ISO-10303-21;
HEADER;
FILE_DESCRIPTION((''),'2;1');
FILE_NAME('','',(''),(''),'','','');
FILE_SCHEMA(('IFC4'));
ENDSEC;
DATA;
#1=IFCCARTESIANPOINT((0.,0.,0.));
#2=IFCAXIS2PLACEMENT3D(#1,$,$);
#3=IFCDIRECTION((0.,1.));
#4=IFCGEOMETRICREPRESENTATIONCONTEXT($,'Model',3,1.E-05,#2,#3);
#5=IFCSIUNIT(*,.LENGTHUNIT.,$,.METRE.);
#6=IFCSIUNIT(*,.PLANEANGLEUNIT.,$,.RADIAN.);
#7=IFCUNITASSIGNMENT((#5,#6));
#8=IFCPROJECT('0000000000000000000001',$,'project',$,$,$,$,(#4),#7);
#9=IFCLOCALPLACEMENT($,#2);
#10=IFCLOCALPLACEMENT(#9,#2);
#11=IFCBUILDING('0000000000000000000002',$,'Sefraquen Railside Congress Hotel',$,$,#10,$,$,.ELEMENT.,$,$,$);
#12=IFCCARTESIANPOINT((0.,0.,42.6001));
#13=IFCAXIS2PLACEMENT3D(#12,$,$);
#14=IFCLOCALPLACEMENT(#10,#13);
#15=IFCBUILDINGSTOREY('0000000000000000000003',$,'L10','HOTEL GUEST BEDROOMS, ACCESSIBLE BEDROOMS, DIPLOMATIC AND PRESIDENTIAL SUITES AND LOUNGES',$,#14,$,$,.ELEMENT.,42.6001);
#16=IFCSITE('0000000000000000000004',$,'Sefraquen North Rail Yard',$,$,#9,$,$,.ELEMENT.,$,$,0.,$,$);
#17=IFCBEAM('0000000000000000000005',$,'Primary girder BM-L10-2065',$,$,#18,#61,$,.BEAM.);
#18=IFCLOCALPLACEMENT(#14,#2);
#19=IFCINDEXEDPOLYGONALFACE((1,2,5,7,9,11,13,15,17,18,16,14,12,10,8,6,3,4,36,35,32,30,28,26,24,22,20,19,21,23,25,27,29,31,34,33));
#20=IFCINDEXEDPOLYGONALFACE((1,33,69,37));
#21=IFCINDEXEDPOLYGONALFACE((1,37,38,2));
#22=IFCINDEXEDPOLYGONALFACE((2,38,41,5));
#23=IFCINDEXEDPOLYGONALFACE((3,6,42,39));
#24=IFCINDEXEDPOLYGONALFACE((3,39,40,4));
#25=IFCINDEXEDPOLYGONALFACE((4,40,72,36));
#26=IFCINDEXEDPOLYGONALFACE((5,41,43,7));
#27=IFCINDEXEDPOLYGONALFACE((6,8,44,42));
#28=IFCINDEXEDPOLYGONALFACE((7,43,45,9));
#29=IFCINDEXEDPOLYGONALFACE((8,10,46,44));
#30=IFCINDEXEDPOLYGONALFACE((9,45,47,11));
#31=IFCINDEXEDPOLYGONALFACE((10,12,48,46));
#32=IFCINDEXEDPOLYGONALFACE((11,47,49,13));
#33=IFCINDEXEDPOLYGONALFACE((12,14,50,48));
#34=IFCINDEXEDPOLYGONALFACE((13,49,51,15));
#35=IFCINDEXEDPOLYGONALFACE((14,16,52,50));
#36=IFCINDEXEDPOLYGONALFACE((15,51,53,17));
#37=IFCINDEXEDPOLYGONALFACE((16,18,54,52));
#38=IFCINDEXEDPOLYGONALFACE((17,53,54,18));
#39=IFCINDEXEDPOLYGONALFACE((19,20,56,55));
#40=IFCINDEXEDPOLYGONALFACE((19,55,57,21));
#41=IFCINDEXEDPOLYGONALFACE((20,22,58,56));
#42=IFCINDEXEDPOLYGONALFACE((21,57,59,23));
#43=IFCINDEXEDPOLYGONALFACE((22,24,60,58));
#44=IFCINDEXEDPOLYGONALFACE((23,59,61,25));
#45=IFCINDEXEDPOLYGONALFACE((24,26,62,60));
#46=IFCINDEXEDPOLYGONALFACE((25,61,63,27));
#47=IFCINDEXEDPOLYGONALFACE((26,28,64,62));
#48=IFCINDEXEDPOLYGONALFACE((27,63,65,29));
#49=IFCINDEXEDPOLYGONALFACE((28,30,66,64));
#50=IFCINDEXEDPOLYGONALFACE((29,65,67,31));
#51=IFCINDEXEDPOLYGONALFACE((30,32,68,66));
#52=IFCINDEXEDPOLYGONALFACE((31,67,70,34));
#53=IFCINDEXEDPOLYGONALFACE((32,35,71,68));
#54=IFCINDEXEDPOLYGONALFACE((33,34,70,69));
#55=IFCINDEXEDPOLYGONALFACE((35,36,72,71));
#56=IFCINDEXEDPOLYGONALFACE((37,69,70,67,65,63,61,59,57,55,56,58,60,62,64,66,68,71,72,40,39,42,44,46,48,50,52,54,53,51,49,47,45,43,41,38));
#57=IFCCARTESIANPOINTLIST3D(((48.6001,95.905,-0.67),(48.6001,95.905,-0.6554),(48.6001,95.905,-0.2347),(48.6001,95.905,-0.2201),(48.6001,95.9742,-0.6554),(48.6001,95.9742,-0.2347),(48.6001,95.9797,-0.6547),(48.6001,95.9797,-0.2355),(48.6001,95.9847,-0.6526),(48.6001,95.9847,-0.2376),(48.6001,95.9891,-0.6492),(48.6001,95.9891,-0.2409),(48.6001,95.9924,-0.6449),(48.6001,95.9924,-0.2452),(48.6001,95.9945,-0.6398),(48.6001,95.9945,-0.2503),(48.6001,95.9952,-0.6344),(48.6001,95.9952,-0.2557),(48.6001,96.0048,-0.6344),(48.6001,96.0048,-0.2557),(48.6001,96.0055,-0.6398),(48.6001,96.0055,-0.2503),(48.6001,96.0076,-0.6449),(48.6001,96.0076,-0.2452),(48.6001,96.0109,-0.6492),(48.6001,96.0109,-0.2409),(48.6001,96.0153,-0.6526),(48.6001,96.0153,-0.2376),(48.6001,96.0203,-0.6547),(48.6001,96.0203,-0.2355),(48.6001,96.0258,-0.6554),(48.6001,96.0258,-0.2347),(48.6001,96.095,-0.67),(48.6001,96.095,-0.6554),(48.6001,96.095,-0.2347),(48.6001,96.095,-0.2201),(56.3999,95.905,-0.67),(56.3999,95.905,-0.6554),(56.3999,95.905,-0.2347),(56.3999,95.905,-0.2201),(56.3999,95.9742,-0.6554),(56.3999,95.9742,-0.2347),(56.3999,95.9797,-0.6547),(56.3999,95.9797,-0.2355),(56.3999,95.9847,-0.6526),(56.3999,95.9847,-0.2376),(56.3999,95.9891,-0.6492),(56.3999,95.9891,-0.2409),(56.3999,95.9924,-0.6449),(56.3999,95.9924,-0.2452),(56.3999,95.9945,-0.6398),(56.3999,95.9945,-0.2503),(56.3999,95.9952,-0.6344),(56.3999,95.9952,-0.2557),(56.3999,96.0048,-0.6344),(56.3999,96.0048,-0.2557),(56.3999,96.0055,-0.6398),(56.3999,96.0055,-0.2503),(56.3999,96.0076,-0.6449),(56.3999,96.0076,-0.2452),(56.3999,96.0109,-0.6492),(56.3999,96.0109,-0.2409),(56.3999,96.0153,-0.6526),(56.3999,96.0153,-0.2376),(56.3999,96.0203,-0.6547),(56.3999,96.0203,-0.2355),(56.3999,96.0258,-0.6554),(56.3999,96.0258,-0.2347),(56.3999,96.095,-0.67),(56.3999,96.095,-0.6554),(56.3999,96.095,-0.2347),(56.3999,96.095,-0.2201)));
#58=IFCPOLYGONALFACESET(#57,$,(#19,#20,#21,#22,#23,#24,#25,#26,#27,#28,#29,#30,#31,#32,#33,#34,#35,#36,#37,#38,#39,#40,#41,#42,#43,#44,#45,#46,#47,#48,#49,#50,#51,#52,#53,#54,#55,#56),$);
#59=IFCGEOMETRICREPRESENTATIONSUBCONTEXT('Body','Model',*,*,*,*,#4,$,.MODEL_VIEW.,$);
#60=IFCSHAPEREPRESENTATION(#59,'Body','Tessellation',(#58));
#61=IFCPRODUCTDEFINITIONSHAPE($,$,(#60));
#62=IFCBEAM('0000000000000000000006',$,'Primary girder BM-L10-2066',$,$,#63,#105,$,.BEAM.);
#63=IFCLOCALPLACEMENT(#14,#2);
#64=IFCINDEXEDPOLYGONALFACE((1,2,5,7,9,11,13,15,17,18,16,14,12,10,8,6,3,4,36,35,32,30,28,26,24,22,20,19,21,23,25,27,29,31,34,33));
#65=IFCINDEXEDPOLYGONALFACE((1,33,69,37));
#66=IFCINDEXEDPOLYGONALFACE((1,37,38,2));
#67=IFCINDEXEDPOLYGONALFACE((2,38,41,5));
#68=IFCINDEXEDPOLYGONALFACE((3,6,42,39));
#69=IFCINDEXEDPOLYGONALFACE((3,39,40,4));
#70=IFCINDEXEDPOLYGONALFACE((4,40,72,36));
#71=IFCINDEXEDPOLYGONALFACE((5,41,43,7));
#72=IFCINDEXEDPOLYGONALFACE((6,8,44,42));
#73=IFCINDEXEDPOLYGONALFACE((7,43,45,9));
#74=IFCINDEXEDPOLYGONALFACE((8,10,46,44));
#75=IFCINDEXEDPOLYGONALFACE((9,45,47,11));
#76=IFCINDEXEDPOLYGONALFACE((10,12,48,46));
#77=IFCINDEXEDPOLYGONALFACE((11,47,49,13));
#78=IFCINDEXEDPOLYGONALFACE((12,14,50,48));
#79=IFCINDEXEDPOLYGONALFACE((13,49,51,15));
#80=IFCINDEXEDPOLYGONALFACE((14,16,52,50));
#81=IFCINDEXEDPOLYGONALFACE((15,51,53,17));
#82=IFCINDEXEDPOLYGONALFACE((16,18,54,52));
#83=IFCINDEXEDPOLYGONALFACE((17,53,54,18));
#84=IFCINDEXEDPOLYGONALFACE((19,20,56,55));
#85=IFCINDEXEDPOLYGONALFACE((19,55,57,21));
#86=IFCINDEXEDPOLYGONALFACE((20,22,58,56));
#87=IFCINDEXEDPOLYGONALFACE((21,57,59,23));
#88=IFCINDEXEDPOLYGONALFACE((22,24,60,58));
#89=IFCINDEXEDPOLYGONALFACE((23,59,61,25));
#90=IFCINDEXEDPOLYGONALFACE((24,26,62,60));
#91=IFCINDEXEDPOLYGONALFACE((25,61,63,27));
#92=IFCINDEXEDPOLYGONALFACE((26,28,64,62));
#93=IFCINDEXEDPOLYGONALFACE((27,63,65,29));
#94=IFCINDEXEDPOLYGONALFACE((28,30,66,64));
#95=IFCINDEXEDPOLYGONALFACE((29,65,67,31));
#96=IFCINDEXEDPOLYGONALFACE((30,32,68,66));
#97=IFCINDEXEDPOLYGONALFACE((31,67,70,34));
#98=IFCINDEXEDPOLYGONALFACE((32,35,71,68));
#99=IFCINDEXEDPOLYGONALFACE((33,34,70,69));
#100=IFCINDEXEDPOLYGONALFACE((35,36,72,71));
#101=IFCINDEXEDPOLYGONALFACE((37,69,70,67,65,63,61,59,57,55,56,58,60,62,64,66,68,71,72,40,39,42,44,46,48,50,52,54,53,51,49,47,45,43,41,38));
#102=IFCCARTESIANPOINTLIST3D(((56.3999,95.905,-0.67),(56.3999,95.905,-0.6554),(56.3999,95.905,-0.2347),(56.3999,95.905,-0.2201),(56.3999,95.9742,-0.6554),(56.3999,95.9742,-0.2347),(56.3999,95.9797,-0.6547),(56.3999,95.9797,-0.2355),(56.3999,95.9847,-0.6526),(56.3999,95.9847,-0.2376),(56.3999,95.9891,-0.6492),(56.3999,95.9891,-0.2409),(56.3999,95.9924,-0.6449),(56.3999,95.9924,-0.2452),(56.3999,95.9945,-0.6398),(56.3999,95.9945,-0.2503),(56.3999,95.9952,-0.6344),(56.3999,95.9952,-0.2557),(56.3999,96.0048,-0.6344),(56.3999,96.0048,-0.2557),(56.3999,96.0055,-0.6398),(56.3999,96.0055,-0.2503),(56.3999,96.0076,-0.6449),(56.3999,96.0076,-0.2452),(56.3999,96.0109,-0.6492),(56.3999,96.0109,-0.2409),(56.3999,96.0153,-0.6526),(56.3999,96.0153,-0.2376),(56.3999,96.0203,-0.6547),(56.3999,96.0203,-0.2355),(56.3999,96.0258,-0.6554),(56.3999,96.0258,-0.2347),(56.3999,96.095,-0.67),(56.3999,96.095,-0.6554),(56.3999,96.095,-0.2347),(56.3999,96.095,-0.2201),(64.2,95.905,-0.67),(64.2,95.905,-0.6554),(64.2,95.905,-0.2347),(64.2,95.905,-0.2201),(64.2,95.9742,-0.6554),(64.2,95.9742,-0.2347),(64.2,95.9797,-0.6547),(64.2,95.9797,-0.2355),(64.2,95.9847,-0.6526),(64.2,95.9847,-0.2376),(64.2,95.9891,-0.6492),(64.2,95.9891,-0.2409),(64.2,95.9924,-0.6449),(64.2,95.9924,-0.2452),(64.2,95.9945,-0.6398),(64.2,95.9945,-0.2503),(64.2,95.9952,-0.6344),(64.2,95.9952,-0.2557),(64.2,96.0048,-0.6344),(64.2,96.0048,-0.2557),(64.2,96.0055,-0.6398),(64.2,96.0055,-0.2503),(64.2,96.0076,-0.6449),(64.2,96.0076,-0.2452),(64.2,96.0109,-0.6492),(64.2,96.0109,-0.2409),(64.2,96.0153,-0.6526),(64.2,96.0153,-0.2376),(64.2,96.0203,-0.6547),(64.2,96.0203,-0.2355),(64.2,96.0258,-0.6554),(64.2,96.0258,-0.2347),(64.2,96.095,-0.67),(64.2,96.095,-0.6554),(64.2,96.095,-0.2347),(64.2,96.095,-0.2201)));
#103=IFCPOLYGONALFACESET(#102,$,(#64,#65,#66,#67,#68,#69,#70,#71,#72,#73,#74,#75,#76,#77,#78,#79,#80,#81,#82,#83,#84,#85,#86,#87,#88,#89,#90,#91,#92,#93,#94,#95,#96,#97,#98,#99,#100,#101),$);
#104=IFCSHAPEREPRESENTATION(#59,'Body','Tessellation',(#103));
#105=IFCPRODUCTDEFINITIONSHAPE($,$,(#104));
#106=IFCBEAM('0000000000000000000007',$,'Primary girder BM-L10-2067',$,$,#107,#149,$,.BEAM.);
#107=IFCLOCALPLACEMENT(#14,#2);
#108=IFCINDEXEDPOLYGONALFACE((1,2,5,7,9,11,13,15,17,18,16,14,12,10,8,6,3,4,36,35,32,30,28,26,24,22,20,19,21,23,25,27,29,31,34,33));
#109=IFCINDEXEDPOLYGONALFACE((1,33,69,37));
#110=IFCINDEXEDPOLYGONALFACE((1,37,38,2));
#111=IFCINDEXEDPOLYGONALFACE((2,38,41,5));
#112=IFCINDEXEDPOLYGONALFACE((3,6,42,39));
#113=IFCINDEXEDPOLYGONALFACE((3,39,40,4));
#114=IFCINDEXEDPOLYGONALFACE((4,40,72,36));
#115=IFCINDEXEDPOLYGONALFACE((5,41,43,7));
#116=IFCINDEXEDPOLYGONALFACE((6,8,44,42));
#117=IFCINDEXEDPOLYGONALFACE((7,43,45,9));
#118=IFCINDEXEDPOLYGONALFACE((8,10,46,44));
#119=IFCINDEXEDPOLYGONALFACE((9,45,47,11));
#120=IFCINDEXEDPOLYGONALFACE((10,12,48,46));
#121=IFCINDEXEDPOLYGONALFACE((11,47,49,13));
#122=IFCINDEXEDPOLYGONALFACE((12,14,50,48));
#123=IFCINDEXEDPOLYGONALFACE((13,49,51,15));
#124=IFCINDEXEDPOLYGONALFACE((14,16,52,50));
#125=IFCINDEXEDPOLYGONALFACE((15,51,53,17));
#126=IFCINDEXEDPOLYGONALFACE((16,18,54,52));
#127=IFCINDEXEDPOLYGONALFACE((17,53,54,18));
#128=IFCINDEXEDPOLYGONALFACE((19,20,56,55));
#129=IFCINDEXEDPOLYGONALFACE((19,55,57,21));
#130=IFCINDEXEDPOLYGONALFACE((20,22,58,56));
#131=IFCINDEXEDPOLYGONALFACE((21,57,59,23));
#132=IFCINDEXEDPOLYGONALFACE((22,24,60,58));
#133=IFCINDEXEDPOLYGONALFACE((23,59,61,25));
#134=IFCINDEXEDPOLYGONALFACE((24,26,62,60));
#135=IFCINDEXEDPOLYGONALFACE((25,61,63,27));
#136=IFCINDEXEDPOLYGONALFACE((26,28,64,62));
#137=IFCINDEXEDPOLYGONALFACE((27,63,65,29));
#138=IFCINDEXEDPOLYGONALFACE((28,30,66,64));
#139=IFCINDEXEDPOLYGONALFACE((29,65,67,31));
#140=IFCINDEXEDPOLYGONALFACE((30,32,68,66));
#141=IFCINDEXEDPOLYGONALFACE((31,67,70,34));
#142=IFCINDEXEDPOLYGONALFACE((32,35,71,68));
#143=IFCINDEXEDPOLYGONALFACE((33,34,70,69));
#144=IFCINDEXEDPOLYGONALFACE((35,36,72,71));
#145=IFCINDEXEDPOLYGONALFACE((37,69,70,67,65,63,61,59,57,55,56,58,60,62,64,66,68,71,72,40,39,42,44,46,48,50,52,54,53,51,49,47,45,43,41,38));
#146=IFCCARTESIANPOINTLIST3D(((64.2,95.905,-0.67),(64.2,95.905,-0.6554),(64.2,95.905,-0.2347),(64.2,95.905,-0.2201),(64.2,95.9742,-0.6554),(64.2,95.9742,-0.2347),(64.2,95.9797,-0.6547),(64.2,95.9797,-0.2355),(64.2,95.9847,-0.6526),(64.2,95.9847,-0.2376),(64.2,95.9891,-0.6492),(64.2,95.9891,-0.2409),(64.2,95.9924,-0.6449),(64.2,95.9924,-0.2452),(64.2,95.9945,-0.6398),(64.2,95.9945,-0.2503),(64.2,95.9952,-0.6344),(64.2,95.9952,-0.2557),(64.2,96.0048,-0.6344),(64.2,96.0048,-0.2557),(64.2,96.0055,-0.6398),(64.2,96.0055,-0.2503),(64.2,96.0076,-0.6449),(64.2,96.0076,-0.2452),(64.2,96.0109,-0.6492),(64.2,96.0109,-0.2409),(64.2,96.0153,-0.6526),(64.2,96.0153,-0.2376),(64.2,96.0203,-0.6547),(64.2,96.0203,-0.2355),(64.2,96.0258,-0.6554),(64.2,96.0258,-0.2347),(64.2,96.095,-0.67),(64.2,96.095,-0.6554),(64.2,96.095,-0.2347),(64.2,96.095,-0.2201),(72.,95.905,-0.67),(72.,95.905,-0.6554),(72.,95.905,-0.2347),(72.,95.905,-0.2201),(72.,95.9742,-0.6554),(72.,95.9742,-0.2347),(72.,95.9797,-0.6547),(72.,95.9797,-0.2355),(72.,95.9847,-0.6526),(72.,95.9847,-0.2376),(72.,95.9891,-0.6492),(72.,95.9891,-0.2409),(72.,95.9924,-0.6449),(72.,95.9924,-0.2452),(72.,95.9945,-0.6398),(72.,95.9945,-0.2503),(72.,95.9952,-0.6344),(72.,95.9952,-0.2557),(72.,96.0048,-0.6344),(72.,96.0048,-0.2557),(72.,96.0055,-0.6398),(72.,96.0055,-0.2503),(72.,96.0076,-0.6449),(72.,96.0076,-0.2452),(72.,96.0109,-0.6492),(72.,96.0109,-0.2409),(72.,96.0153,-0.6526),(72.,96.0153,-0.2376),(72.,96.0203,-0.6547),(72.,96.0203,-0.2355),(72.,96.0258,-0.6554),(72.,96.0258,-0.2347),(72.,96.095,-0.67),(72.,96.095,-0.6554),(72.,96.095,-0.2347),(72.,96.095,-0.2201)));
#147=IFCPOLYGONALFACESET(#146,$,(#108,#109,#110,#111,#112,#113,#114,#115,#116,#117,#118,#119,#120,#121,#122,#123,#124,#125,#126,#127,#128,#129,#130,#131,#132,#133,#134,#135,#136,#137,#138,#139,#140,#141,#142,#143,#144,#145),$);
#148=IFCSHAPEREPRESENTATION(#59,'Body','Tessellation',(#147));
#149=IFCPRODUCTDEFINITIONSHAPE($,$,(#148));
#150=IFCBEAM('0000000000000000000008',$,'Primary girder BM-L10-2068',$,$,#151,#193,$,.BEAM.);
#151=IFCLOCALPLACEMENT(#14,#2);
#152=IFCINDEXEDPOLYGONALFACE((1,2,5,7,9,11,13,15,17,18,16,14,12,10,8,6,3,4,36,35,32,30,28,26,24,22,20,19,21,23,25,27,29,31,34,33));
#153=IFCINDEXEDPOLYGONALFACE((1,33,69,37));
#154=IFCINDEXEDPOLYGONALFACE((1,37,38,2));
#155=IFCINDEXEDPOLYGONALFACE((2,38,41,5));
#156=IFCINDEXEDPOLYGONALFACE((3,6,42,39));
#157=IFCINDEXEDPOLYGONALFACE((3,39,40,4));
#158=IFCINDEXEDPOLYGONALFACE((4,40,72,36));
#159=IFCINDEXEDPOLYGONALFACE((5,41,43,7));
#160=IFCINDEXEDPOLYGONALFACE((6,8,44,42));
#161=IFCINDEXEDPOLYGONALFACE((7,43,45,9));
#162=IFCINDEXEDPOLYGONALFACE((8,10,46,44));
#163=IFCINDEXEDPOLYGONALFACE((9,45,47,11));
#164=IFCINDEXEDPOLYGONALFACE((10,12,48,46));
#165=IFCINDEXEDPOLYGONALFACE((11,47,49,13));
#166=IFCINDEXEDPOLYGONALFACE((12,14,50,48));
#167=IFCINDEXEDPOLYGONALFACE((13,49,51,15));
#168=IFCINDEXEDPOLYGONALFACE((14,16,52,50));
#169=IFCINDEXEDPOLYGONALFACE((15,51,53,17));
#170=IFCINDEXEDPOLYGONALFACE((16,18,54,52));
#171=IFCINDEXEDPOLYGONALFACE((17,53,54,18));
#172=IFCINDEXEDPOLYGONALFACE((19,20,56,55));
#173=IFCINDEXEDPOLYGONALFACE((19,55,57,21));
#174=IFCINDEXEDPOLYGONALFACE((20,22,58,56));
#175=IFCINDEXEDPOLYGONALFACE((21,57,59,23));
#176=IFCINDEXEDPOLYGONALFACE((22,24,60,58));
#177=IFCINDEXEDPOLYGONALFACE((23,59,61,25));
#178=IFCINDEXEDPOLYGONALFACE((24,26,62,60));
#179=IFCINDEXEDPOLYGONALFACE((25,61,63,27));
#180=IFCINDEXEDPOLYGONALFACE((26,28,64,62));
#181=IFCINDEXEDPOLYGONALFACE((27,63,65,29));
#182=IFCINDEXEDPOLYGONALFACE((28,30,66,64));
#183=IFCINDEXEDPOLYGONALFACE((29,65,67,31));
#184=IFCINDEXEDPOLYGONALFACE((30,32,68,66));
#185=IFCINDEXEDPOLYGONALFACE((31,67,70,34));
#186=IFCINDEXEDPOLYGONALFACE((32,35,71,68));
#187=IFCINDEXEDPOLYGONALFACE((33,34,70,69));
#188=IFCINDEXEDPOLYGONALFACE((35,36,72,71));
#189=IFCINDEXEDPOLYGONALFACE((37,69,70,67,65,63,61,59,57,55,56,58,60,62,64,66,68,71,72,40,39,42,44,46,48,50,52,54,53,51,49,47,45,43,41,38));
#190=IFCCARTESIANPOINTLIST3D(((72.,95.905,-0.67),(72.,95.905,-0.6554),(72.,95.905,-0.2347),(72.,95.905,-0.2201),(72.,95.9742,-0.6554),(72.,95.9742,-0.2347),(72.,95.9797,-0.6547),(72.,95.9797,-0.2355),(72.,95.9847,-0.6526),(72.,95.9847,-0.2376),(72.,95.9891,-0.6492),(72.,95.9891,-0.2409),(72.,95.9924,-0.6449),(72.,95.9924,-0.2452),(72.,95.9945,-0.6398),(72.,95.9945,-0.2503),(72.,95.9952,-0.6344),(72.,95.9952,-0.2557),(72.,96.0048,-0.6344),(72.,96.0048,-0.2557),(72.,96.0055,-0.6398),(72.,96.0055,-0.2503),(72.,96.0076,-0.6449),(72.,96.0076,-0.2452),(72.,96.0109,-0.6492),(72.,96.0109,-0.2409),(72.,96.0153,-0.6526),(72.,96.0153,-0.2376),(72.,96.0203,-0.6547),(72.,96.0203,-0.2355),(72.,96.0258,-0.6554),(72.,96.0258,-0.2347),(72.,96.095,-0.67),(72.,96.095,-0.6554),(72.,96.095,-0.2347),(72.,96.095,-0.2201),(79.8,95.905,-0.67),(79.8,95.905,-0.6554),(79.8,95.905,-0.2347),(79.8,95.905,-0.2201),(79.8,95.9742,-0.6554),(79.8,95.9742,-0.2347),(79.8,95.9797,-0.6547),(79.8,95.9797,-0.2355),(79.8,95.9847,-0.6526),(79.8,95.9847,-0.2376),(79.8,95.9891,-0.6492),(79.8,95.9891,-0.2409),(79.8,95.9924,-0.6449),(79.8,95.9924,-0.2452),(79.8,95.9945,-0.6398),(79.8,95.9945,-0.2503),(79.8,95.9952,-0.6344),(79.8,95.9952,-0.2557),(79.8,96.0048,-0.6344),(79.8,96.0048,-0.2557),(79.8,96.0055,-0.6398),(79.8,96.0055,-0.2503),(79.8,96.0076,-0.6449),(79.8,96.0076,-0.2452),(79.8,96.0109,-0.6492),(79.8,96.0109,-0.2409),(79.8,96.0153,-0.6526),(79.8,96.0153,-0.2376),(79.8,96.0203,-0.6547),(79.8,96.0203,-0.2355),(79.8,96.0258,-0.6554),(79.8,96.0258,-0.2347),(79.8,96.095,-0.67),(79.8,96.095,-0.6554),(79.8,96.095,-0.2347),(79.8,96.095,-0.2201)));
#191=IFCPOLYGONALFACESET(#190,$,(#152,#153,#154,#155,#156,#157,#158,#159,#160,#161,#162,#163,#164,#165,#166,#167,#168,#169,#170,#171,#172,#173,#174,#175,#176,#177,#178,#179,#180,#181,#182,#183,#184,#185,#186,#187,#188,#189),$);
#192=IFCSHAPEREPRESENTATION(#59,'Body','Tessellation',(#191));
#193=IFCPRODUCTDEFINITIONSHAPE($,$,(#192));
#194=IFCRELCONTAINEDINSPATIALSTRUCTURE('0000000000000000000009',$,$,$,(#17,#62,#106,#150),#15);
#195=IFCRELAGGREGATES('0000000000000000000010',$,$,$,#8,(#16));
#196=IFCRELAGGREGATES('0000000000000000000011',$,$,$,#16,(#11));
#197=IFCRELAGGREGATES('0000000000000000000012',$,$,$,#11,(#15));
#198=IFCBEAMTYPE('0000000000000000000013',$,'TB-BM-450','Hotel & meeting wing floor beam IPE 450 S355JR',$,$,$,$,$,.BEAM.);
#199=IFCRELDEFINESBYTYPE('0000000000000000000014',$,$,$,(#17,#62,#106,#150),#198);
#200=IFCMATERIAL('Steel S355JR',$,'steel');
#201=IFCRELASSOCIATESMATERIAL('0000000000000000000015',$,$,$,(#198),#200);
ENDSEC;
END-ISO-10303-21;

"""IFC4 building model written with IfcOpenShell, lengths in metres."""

from ifc_helpers import new_model, si_unit, direction, frame, origin, origin_2d, place, context, subcontext, project, spatial, i_section, extrude, material, material_profile, profile_set, type_object, element, save


model = new_model("IFC4")

# Units and contexts
model_context = context("Model", 3, precision=1e-05, world=origin(), true_north=direction((0.0, 1.0)))
body_context = subcontext(model_context, "Body", "Model", "MODEL_VIEW")
ifc_project = project(units=[si_unit("LENGTHUNIT", "METRE"), si_unit("PLANEANGLEUNIT", "RADIAN")], contexts=[model_context])

# Site, building, storey
site_placement = place(None, origin())
site = spatial("IfcSite", under=ifc_project, at=site_placement, Name="Sefraquen North Rail Yard", CompositionType="ELEMENT", RefElevation=0.0)
building_placement = place(site_placement, origin())
building = spatial("IfcBuilding", under=site, at=building_placement, Name="Sefraquen Railside Congress Hotel", CompositionType="ELEMENT")
storey_placement = place(building_placement, frame((0.0, 0.0, 42.6001)))
storey = spatial("IfcBuildingStorey", under=building, at=storey_placement, Name="L10", Description="HOTEL GUEST BEDROOMS, ACCESSIBLE BEDROOMS, DIPLOMATIC AND PRESIDENTIAL SUITES AND LOUNGES", CompositionType="ELEMENT", Elevation=42.6001)

# Shared definitions
ifc_material_1 = material(Name="Steel S355JR", Category="steel")

# Beams
ifc_material_profile_1 = material_profile(ifc_material_1, i_section(OverallWidth=0.1899, OverallDepth=0.45, WebThickness=0.0095, FlangeThickness=0.0146, FilletRadius=0.021, at=origin_2d()), Name="IPE 450")
ifc_profile_set_1 = profile_set([ifc_material_profile_1], Name="Steel S355JR")
beam_type_1 = type_object("IfcBeamType", Name="TB-BM-450", Description="Hotel & meeting wing floor beam IPE 450 S355JR", PredefinedType="BEAM", material=ifc_profile_set_1)
beam_1_placement = place(storey_placement, frame((48.6001, 96.0, -0.4451), z_axis=(1.0, 0.0, 0.0), x_axis=(0.0, 1.0, 0.0)))
element("IfcBeam", 1, at=beam_1_placement, inside=storey, type_object=beam_type_1, Name="Primary girder BM-L10-2065", PredefinedType="BEAM", context=body_context, shape_type="SweptSolid", body=[
    extrude(i_section(OverallWidth=0.1899, OverallDepth=0.45, WebThickness=0.0095, FlangeThickness=0.0146, FilletRadius=0.021, at=origin_2d()), origin(), (0.0, 0.0, 1.0), 7.7998),
])
for number, where, z_axis, x_axis, name in (
    (2, (56.3999, 96.0, -0.4451), (1.0, 0.0, 0.0), (0.0, 1.0, 0.0), "Primary girder BM-L10-2066"),
    (3, (64.2, 96.0, -0.4451), (1.0, 0.0, 0.0), (0.0, 1.0, 0.0), "Primary girder BM-L10-2067"),
    (4, (72.0, 96.0, -0.4451), (1.0, 0.0, 0.0), (0.0, 1.0, 0.0), "Primary girder BM-L10-2068"),
):
    element("IfcBeam", number, at=place(storey_placement, frame(where, z_axis=z_axis, x_axis=x_axis)), inside=storey, type_object=beam_type_1, Name=name, PredefinedType="BEAM", context=body_context, shape_type="SweptSolid", body=[
        extrude(i_section(OverallWidth=0.1899, OverallDepth=0.45, WebThickness=0.0095, FlangeThickness=0.0146, FilletRadius=0.021, at=origin_2d()), origin(), (0.0, 0.0, 1.0), 7.8),
    ])

save(model, "model.ifc")
